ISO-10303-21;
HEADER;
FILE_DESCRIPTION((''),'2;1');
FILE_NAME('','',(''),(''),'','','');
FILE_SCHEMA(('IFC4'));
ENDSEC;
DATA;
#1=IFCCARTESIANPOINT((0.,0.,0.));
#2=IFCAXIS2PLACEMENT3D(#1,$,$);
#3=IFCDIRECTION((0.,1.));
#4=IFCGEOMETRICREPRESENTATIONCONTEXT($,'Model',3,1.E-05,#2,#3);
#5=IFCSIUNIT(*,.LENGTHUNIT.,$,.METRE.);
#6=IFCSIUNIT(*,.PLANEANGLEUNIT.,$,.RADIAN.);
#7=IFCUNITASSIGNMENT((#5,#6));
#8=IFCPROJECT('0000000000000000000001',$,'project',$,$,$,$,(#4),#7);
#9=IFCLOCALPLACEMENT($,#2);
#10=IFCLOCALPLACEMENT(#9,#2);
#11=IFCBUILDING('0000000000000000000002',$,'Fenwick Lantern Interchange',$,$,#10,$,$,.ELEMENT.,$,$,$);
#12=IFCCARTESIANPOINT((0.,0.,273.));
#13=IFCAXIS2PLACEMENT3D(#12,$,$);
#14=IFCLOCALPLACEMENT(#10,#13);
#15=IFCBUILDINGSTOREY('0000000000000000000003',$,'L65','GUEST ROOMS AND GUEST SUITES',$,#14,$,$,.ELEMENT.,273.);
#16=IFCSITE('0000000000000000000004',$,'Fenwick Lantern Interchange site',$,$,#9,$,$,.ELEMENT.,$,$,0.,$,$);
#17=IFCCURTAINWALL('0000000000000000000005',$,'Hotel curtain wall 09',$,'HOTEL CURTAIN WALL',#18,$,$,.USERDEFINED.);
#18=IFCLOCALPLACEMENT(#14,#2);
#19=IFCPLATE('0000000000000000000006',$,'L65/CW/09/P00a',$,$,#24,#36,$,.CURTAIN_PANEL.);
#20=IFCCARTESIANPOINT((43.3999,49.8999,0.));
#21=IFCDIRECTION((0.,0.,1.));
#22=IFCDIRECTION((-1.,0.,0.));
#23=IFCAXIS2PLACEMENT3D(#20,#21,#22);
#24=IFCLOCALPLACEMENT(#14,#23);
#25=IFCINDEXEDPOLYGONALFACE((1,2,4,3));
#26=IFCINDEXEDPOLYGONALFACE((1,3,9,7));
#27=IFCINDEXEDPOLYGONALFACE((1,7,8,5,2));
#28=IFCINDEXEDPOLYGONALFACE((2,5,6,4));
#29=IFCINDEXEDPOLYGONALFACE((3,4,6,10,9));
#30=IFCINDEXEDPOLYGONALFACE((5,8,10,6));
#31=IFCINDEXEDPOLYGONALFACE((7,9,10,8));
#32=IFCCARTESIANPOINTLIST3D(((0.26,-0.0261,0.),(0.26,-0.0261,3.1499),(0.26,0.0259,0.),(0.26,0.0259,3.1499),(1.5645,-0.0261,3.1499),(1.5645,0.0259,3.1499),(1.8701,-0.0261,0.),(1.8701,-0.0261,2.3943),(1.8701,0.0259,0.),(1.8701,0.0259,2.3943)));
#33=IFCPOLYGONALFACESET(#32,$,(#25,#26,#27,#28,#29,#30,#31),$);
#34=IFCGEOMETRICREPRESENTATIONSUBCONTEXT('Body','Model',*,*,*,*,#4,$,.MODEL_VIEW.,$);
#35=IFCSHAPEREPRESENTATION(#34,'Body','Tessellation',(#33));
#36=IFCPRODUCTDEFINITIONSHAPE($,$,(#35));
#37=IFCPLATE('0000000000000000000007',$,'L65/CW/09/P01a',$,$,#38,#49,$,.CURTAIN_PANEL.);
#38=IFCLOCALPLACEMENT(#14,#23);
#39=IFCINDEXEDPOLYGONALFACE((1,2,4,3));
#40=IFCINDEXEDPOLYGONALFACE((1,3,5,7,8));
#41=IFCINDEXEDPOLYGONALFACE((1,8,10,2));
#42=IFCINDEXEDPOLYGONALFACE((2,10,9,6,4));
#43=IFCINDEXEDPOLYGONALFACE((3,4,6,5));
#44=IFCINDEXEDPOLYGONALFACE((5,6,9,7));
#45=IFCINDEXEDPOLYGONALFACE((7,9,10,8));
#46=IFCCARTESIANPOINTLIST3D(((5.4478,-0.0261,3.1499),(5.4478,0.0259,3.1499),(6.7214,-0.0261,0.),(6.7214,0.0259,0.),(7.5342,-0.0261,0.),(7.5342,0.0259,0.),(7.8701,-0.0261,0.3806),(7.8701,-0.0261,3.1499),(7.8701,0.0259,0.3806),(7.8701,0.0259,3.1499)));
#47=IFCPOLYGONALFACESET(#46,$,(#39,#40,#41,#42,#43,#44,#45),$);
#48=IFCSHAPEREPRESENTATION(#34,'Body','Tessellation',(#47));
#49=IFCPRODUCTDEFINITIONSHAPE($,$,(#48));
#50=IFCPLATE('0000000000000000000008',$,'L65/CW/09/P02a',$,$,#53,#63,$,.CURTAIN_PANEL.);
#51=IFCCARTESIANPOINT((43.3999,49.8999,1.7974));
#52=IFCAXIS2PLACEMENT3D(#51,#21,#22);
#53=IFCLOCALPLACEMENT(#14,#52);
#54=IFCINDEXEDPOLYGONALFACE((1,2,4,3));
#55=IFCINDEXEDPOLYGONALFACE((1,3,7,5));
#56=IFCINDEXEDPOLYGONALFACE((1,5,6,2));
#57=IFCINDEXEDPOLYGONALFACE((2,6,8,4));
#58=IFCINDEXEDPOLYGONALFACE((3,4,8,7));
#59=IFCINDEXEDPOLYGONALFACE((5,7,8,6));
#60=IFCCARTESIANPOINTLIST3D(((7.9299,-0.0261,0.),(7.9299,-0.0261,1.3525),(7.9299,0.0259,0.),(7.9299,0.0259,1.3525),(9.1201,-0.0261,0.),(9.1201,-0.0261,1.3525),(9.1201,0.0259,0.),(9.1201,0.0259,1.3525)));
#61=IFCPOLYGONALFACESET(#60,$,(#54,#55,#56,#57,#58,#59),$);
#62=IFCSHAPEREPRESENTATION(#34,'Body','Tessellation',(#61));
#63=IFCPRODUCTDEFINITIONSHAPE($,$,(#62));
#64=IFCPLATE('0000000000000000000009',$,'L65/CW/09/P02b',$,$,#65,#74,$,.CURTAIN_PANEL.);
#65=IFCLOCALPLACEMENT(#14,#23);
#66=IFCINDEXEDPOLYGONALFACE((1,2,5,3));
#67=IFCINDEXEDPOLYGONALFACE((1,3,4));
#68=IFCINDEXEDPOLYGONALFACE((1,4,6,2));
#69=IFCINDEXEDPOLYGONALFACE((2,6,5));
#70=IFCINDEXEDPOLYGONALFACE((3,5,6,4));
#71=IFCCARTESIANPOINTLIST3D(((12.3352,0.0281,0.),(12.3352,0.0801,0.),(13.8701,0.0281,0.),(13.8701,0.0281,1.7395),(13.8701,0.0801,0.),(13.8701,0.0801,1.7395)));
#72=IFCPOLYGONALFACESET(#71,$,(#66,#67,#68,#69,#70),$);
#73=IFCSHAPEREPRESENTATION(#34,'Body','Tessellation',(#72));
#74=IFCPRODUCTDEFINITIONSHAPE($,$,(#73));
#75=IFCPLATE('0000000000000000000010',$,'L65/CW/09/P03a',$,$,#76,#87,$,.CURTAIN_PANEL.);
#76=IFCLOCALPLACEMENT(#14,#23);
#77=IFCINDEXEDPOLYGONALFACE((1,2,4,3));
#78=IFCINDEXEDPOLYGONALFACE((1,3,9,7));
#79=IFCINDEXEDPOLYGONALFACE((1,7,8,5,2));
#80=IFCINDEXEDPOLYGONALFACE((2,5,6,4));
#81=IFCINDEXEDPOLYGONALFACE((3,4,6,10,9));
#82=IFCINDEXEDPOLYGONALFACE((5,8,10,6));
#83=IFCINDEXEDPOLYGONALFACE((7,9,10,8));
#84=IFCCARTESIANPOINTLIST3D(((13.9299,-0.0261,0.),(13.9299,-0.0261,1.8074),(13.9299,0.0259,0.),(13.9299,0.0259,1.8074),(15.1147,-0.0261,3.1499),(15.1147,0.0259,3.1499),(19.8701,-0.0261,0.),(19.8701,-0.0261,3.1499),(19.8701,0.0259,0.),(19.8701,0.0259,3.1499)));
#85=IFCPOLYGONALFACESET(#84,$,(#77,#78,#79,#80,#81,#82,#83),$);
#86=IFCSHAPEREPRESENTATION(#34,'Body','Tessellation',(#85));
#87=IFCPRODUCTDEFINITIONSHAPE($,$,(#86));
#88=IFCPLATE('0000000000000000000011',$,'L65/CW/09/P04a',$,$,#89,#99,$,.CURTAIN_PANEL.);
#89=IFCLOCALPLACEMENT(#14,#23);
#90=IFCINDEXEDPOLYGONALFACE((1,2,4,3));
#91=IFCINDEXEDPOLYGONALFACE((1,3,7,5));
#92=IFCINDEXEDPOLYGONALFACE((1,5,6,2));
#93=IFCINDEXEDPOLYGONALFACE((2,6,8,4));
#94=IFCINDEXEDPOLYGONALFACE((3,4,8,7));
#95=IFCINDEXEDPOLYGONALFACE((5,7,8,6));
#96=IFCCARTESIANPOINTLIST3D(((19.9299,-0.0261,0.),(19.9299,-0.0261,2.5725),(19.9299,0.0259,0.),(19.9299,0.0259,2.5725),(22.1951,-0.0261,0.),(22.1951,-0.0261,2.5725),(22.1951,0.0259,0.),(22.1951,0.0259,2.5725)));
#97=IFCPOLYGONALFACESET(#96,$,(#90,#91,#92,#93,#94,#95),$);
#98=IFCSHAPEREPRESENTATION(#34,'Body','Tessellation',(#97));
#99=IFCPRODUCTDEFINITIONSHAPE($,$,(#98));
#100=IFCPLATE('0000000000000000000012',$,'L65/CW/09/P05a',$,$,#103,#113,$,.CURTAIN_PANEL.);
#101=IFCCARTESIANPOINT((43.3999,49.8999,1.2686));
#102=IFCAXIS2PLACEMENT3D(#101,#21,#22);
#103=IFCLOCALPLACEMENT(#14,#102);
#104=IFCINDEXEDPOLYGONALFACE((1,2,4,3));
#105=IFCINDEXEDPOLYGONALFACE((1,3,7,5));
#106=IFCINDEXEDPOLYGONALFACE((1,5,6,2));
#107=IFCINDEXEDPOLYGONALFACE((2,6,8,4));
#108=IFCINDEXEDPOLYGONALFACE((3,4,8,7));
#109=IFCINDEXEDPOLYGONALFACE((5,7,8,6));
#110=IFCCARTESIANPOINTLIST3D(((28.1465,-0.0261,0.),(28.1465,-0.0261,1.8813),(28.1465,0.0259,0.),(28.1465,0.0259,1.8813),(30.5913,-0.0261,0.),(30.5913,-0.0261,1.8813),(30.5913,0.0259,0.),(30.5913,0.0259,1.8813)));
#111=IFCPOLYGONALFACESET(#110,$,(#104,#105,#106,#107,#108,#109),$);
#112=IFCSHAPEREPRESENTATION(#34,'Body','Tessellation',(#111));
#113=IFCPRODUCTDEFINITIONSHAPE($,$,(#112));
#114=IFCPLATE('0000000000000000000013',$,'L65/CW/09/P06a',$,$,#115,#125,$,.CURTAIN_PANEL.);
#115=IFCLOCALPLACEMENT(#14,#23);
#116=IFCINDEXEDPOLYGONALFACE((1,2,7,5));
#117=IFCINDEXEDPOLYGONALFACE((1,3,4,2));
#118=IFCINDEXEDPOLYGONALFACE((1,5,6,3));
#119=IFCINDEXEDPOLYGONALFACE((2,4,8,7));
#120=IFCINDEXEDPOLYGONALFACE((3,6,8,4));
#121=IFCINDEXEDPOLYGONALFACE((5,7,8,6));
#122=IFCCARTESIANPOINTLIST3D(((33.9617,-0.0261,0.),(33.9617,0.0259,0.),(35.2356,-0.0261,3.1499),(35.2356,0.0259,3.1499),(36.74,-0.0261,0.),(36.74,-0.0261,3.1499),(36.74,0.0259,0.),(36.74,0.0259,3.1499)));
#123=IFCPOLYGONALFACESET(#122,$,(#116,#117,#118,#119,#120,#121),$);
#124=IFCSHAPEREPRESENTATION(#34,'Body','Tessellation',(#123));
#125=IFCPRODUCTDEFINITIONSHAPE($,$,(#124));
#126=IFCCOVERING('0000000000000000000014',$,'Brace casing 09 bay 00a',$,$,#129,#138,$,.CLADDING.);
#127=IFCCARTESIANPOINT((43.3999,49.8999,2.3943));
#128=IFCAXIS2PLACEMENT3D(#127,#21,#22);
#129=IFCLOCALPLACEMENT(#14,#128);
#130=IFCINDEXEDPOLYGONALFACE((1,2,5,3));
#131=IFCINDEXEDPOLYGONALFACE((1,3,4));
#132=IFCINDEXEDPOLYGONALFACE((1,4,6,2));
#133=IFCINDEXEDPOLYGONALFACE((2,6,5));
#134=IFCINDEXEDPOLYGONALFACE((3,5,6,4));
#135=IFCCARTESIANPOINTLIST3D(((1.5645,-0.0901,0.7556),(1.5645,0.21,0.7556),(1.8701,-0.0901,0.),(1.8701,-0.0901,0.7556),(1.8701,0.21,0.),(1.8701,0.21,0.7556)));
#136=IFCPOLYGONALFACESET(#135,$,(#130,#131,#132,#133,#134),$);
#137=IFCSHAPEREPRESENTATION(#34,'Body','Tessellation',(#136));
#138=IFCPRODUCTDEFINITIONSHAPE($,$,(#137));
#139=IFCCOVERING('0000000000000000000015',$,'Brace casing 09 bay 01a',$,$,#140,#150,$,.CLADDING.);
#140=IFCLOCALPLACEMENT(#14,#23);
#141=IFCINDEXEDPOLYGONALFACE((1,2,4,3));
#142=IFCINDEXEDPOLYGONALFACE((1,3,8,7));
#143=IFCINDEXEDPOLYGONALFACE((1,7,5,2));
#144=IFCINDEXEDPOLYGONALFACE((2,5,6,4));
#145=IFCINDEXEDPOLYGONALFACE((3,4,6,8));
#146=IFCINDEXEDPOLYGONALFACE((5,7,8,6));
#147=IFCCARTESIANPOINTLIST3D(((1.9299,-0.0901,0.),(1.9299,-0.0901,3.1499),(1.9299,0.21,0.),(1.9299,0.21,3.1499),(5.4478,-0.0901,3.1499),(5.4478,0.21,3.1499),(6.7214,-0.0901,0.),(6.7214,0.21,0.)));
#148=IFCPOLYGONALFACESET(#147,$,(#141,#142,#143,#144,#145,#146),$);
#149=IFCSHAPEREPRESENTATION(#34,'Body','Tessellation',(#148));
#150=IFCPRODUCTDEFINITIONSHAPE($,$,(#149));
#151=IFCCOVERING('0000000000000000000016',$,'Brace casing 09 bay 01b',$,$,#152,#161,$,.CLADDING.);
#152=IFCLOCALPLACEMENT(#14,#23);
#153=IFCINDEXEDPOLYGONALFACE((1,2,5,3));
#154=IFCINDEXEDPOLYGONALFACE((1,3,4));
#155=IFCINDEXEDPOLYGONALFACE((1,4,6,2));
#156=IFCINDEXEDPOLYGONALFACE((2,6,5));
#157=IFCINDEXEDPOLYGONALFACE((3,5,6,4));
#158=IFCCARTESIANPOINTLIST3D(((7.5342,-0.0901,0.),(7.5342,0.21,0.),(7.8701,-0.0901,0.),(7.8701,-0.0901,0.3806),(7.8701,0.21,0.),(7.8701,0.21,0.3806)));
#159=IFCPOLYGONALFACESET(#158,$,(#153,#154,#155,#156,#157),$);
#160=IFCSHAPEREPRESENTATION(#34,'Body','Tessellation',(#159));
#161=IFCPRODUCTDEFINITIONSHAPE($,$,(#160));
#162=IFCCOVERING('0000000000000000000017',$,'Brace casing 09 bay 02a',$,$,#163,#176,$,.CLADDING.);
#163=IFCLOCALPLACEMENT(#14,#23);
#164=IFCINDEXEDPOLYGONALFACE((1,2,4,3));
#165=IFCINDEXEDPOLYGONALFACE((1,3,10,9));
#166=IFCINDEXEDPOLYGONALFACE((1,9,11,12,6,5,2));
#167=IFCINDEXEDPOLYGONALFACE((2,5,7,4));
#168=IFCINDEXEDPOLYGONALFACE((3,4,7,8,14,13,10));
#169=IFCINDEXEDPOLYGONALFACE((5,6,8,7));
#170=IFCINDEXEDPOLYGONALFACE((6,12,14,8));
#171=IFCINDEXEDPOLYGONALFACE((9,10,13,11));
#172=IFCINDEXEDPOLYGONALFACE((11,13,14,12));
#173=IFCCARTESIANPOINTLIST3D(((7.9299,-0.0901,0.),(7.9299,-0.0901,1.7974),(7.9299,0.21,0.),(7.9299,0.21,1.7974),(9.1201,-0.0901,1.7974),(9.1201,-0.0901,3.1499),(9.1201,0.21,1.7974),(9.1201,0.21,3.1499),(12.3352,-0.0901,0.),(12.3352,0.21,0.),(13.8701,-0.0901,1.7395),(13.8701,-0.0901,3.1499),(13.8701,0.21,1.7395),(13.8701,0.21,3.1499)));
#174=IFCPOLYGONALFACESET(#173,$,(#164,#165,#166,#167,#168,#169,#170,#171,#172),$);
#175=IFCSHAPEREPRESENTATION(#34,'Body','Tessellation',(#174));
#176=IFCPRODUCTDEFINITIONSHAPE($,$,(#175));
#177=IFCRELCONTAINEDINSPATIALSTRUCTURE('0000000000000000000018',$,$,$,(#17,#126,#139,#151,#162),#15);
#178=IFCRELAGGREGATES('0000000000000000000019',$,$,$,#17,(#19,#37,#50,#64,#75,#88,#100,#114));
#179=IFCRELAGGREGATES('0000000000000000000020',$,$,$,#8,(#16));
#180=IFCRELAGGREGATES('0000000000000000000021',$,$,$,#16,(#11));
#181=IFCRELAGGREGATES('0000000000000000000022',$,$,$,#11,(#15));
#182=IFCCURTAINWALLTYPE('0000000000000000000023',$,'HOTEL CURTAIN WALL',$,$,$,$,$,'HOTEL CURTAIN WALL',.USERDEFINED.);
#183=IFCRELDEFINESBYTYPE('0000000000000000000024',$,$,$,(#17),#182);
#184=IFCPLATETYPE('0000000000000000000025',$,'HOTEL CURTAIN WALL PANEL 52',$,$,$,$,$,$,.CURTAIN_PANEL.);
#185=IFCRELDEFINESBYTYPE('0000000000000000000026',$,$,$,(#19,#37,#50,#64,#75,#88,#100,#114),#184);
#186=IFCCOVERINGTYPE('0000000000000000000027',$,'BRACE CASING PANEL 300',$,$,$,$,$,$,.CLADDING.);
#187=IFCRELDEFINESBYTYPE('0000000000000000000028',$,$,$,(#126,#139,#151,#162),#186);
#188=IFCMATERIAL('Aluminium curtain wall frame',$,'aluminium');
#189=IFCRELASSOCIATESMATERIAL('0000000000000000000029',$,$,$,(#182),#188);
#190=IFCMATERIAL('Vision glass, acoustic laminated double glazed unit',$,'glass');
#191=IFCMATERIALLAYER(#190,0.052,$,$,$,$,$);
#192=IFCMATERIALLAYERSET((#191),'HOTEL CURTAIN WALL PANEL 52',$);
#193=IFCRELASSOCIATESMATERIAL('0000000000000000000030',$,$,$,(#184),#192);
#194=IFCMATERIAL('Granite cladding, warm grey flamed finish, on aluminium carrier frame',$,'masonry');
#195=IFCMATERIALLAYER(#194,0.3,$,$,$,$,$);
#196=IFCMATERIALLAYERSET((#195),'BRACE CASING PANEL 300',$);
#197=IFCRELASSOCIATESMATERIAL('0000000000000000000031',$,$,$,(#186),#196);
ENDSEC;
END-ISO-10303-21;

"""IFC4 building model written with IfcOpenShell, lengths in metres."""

from ifc_helpers import new_model, si_unit, direction, frame, origin, place, context, subcontext, project, spatial, polyline, outline, extrude, material, layer, layer_set, type_object, element, aggregate, save


model = new_model("IFC4")

# Units and contexts
model_context = context("Model", 3, precision=1e-05, world=origin(), true_north=direction((0.0, 1.0)))
body_context = subcontext(model_context, "Body", "Model", "MODEL_VIEW")
ifc_project = project(units=[si_unit("LENGTHUNIT", "METRE"), si_unit("PLANEANGLEUNIT", "RADIAN")], contexts=[model_context])

# Site, building, storey
site_placement = place(None, origin())
site = spatial("IfcSite", under=ifc_project, at=site_placement, Name="Fenwick Lantern Interchange site", CompositionType="ELEMENT", RefElevation=0.0)
building_placement = place(site_placement, origin())
building = spatial("IfcBuilding", under=site, at=building_placement, Name="Fenwick Lantern Interchange", CompositionType="ELEMENT")
storey_placement = place(building_placement, frame((0.0, 0.0, 273.0)))
storey = spatial("IfcBuildingStorey", under=building, at=storey_placement, Name="L65", Description="GUEST ROOMS AND GUEST SUITES", CompositionType="ELEMENT", Elevation=273.0)

# Shared definitions
ifc_material_1 = material(Name="Aluminium curtain wall frame", Category="aluminium")
curtain_wall_type = type_object("IfcCurtainWallType", Name="HOTEL CURTAIN WALL", ElementType="HOTEL CURTAIN WALL", PredefinedType="USERDEFINED", material=ifc_material_1)

# Curtain wall
curtain_wall_1_placement = place(storey_placement, origin())
curtain_wall_1 = element("IfcCurtainWall", 1, at=curtain_wall_1_placement, inside=storey, type_object=curtain_wall_type, Name="Hotel curtain wall 09", ObjectType="HOTEL CURTAIN WALL", PredefinedType="USERDEFINED")

# Plates
ifc_material_2 = material(Name="Vision glass, acoustic laminated double glazed unit", Category="glass")
ifc_layer_1 = layer(ifc_material_2, 0.052)
ifc_layer_set_1 = layer_set([ifc_layer_1], Name="HOTEL CURTAIN WALL PANEL 52")
plate_type = type_object("IfcPlateType", Name="HOTEL CURTAIN WALL PANEL 52", PredefinedType="CURTAIN_PANEL", material=ifc_layer_set_1)
plate_1_placement = place(storey_placement, frame((43.3999, 49.8999, 0.0), z_axis=(0.0, 0.0, 1.0), x_axis=(-1.0, 0.0, 0.0)))
plate_1 = element("IfcPlate", 2, at=plate_1_placement, type_object=plate_type, Name="L65/CW/09/P00a", PredefinedType="CURTAIN_PANEL", context=body_context, shape_type="SweptSolid", body=[
    extrude(outline(polyline([(0.26, 0.0), (1.8701, 0.0), (1.8701, 2.3943), (1.5645, 3.1499), (0.26, 3.1499), (0.26, 0.0)])), frame((0.0, 0.0259, 0.0), z_axis=(0.0, -1.0, 0.0), x_axis=(1.0, 0.0, 0.0)), (0.0, 0.0, 1.0), 0.052),
])
plate_2_placement = place(storey_placement, frame((43.3999, 49.8999, 0.0), z_axis=(0.0, 0.0, 1.0), x_axis=(-1.0, 0.0, 0.0)))
plate_2 = element("IfcPlate", 3, at=plate_2_placement, type_object=plate_type, Name="L65/CW/09/P01a", PredefinedType="CURTAIN_PANEL", context=body_context, shape_type="SweptSolid", body=[
    extrude(outline(polyline([(6.7214, 0.0), (7.5342, 0.0), (7.8701, 0.3806), (7.8701, 3.1499), (5.4478, 3.1499), (6.7214, 0.0)])), frame((0.0, 0.0259, 0.0), z_axis=(0.0, -1.0, 0.0), x_axis=(1.0, 0.0, 0.0)), (0.0, 0.0, 1.0), 0.052),
])
plate_3_placement = place(storey_placement, frame((43.3999, 49.8999, 1.7974), z_axis=(0.0, 0.0, 1.0), x_axis=(-1.0, 0.0, 0.0)))
plate_3 = element("IfcPlate", 4, at=plate_3_placement, type_object=plate_type, Name="L65/CW/09/P02a", PredefinedType="CURTAIN_PANEL", context=body_context, shape_type="SweptSolid", body=[
    extrude(outline(polyline([(7.9299, 0.0), (9.1201, 0.0), (9.1201, 1.3525), (7.9299, 1.3525), (7.9299, 0.0)])), frame((0.0, 0.0259, 0.0), z_axis=(0.0, -1.0, 0.0), x_axis=(1.0, 0.0, 0.0)), (0.0, 0.0, 1.0), 0.052),
])
plate_4_placement = place(storey_placement, frame((43.3999, 49.8999, 0.0), z_axis=(0.0, 0.0, 1.0), x_axis=(-1.0, 0.0, 0.0)))
plate_4 = element("IfcPlate", 5, at=plate_4_placement, type_object=plate_type, Name="L65/CW/09/P02b", PredefinedType="CURTAIN_PANEL", context=body_context, shape_type="SweptSolid", body=[
    extrude(outline(polyline([(12.3352, 0.0), (13.8701, 0.0), (13.8701, 1.7395), (12.3352, 0.0)])), frame((0.0, 0.0801, 0.0), z_axis=(0.0, -1.0, 0.0), x_axis=(1.0, 0.0, 0.0)), (0.0, 0.0, 1.0), 0.052),
])
plate_5_placement = place(storey_placement, frame((43.3999, 49.8999, 0.0), z_axis=(0.0, 0.0, 1.0), x_axis=(-1.0, 0.0, 0.0)))
plate_5 = element("IfcPlate", 6, at=plate_5_placement, type_object=plate_type, Name="L65/CW/09/P03a", PredefinedType="CURTAIN_PANEL", context=body_context, shape_type="SweptSolid", body=[
    extrude(outline(polyline([(13.9299, 0.0), (19.8701, 0.0), (19.8701, 3.1499), (15.1147, 3.1499), (13.9299, 1.8074), (13.9299, 0.0)])), frame((0.0, 0.0259, 0.0), z_axis=(0.0, -1.0, 0.0), x_axis=(1.0, 0.0, 0.0)), (0.0, 0.0, 1.0), 0.052),
])
plate_6_placement = place(storey_placement, frame((43.3999, 49.8999, 0.0), z_axis=(0.0, 0.0, 1.0), x_axis=(-1.0, 0.0, 0.0)))
plate_6 = element("IfcPlate", 7, at=plate_6_placement, type_object=plate_type, Name="L65/CW/09/P04a", PredefinedType="CURTAIN_PANEL", context=body_context, shape_type="SweptSolid", body=[
    extrude(outline(polyline([(19.9299, 0.0), (22.1951, 0.0), (22.1951, 2.5725), (19.9299, 2.5725), (19.9299, 0.0)])), frame((0.0, 0.0259, 0.0), z_axis=(0.0, -1.0, 0.0), x_axis=(1.0, 0.0, 0.0)), (0.0, 0.0, 1.0), 0.052),
])
plate_7_placement = place(storey_placement, frame((43.3999, 49.8999, 1.2686), z_axis=(0.0, 0.0, 1.0), x_axis=(-1.0, 0.0, 0.0)))
plate_7 = element("IfcPlate", 8, at=plate_7_placement, type_object=plate_type, Name="L65/CW/09/P05a", PredefinedType="CURTAIN_PANEL", context=body_context, shape_type="SweptSolid", body=[
    extrude(outline(polyline([(28.1465, 0.0), (30.5913, 0.0), (30.5913, 1.8813), (28.1465, 1.8813), (28.1465, 0.0)])), frame((0.0, 0.0259, 0.0), z_axis=(0.0, -1.0, 0.0), x_axis=(1.0, 0.0, 0.0)), (0.0, 0.0, 1.0), 0.052),
])
plate_8_placement = place(storey_placement, frame((43.3999, 49.8999, 0.0), z_axis=(0.0, 0.0, 1.0), x_axis=(-1.0, 0.0, 0.0)))
plate_8 = element("IfcPlate", 9, at=plate_8_placement, type_object=plate_type, Name="L65/CW/09/P06a", PredefinedType="CURTAIN_PANEL", context=body_context, shape_type="SweptSolid", body=[
    extrude(outline(polyline([(33.9617, 0.0), (36.74, 0.0), (36.74, 3.1499), (35.2356, 3.1499), (33.9617, 0.0)])), frame((0.0, 0.0259, 0.0), z_axis=(0.0, -1.0, 0.0), x_axis=(1.0, 0.0, 0.0)), (0.0, 0.0, 1.0), 0.052),
])
aggregate(curtain_wall_1, [plate_1, plate_2, plate_3, plate_4, plate_5, plate_6, plate_7, plate_8])

# Coverings
ifc_material_3 = material(Name="Granite cladding, warm grey flamed finish, on aluminium carrier frame", Category="masonry")
ifc_layer_2 = layer(ifc_material_3, 0.3)
ifc_layer_set_2 = layer_set([ifc_layer_2], Name="BRACE CASING PANEL 300")
covering_type = type_object("IfcCoveringType", Name="BRACE CASING PANEL 300", PredefinedType="CLADDING", material=ifc_layer_set_2)
covering_1_placement = place(storey_placement, frame((43.3999, 49.8999, 2.3943), z_axis=(0.0, 0.0, 1.0), x_axis=(-1.0, 0.0, 0.0)))
element("IfcCovering", 10, at=covering_1_placement, inside=storey, type_object=covering_type, Name="Brace casing 09 bay 00a", PredefinedType="CLADDING", context=body_context, shape_type="SweptSolid", body=[
    extrude(outline(polyline([(1.8701, 0.0), (1.8701, 0.7556), (1.5645, 0.7556), (1.8701, 0.0)])), frame((0.0, 0.21, 0.0), z_axis=(0.0, -1.0, 0.0), x_axis=(1.0, 0.0, 0.0)), (0.0, 0.0, 1.0), 0.3),
])
covering_2_placement = place(storey_placement, frame((43.3999, 49.8999, 0.0), z_axis=(0.0, 0.0, 1.0), x_axis=(-1.0, 0.0, 0.0)))
element("IfcCovering", 11, at=covering_2_placement, inside=storey, type_object=covering_type, Name="Brace casing 09 bay 01a", PredefinedType="CLADDING", context=body_context, shape_type="SweptSolid", body=[
    extrude(outline(polyline([(1.9299, 0.0), (6.7214, 0.0), (5.4478, 3.1499), (1.9299, 3.1499), (1.9299, 0.0)])), frame((0.0, 0.21, 0.0), z_axis=(0.0, -1.0, 0.0), x_axis=(1.0, 0.0, 0.0)), (0.0, 0.0, 1.0), 0.3),
])
covering_3_placement = place(storey_placement, frame((43.3999, 49.8999, 0.0), z_axis=(0.0, 0.0, 1.0), x_axis=(-1.0, 0.0, 0.0)))
element("IfcCovering", 12, at=covering_3_placement, inside=storey, type_object=covering_type, Name="Brace casing 09 bay 01b", PredefinedType="CLADDING", context=body_context, shape_type="SweptSolid", body=[
    extrude(outline(polyline([(7.5342, 0.0), (7.8701, 0.0), (7.8701, 0.3806), (7.5342, 0.0)])), frame((0.0, 0.21, 0.0), z_axis=(0.0, -1.0, 0.0), x_axis=(1.0, 0.0, 0.0)), (0.0, 0.0, 1.0), 0.3),
])
covering_4_placement = place(storey_placement, frame((43.3999, 49.8999, 0.0), z_axis=(0.0, 0.0, 1.0), x_axis=(-1.0, 0.0, 0.0)))
element("IfcCovering", 13, at=covering_4_placement, inside=storey, type_object=covering_type, Name="Brace casing 09 bay 02a", PredefinedType="CLADDING", context=body_context, shape_type="SweptSolid", body=[
    extrude(outline(polyline([(7.9299, 0.0), (12.3352, 0.0), (13.8701, 1.7395), (13.8701, 3.1499), (9.1201, 3.1499), (9.1201, 1.7974), (7.9299, 1.7974), (7.9299, 0.0)])), frame((0.0, 0.21, 0.0), z_axis=(0.0, -1.0, 0.0), x_axis=(1.0, 0.0, 0.0)), (0.0, 0.0, 1.0), 0.3),
])

save(model, "model.ifc")
